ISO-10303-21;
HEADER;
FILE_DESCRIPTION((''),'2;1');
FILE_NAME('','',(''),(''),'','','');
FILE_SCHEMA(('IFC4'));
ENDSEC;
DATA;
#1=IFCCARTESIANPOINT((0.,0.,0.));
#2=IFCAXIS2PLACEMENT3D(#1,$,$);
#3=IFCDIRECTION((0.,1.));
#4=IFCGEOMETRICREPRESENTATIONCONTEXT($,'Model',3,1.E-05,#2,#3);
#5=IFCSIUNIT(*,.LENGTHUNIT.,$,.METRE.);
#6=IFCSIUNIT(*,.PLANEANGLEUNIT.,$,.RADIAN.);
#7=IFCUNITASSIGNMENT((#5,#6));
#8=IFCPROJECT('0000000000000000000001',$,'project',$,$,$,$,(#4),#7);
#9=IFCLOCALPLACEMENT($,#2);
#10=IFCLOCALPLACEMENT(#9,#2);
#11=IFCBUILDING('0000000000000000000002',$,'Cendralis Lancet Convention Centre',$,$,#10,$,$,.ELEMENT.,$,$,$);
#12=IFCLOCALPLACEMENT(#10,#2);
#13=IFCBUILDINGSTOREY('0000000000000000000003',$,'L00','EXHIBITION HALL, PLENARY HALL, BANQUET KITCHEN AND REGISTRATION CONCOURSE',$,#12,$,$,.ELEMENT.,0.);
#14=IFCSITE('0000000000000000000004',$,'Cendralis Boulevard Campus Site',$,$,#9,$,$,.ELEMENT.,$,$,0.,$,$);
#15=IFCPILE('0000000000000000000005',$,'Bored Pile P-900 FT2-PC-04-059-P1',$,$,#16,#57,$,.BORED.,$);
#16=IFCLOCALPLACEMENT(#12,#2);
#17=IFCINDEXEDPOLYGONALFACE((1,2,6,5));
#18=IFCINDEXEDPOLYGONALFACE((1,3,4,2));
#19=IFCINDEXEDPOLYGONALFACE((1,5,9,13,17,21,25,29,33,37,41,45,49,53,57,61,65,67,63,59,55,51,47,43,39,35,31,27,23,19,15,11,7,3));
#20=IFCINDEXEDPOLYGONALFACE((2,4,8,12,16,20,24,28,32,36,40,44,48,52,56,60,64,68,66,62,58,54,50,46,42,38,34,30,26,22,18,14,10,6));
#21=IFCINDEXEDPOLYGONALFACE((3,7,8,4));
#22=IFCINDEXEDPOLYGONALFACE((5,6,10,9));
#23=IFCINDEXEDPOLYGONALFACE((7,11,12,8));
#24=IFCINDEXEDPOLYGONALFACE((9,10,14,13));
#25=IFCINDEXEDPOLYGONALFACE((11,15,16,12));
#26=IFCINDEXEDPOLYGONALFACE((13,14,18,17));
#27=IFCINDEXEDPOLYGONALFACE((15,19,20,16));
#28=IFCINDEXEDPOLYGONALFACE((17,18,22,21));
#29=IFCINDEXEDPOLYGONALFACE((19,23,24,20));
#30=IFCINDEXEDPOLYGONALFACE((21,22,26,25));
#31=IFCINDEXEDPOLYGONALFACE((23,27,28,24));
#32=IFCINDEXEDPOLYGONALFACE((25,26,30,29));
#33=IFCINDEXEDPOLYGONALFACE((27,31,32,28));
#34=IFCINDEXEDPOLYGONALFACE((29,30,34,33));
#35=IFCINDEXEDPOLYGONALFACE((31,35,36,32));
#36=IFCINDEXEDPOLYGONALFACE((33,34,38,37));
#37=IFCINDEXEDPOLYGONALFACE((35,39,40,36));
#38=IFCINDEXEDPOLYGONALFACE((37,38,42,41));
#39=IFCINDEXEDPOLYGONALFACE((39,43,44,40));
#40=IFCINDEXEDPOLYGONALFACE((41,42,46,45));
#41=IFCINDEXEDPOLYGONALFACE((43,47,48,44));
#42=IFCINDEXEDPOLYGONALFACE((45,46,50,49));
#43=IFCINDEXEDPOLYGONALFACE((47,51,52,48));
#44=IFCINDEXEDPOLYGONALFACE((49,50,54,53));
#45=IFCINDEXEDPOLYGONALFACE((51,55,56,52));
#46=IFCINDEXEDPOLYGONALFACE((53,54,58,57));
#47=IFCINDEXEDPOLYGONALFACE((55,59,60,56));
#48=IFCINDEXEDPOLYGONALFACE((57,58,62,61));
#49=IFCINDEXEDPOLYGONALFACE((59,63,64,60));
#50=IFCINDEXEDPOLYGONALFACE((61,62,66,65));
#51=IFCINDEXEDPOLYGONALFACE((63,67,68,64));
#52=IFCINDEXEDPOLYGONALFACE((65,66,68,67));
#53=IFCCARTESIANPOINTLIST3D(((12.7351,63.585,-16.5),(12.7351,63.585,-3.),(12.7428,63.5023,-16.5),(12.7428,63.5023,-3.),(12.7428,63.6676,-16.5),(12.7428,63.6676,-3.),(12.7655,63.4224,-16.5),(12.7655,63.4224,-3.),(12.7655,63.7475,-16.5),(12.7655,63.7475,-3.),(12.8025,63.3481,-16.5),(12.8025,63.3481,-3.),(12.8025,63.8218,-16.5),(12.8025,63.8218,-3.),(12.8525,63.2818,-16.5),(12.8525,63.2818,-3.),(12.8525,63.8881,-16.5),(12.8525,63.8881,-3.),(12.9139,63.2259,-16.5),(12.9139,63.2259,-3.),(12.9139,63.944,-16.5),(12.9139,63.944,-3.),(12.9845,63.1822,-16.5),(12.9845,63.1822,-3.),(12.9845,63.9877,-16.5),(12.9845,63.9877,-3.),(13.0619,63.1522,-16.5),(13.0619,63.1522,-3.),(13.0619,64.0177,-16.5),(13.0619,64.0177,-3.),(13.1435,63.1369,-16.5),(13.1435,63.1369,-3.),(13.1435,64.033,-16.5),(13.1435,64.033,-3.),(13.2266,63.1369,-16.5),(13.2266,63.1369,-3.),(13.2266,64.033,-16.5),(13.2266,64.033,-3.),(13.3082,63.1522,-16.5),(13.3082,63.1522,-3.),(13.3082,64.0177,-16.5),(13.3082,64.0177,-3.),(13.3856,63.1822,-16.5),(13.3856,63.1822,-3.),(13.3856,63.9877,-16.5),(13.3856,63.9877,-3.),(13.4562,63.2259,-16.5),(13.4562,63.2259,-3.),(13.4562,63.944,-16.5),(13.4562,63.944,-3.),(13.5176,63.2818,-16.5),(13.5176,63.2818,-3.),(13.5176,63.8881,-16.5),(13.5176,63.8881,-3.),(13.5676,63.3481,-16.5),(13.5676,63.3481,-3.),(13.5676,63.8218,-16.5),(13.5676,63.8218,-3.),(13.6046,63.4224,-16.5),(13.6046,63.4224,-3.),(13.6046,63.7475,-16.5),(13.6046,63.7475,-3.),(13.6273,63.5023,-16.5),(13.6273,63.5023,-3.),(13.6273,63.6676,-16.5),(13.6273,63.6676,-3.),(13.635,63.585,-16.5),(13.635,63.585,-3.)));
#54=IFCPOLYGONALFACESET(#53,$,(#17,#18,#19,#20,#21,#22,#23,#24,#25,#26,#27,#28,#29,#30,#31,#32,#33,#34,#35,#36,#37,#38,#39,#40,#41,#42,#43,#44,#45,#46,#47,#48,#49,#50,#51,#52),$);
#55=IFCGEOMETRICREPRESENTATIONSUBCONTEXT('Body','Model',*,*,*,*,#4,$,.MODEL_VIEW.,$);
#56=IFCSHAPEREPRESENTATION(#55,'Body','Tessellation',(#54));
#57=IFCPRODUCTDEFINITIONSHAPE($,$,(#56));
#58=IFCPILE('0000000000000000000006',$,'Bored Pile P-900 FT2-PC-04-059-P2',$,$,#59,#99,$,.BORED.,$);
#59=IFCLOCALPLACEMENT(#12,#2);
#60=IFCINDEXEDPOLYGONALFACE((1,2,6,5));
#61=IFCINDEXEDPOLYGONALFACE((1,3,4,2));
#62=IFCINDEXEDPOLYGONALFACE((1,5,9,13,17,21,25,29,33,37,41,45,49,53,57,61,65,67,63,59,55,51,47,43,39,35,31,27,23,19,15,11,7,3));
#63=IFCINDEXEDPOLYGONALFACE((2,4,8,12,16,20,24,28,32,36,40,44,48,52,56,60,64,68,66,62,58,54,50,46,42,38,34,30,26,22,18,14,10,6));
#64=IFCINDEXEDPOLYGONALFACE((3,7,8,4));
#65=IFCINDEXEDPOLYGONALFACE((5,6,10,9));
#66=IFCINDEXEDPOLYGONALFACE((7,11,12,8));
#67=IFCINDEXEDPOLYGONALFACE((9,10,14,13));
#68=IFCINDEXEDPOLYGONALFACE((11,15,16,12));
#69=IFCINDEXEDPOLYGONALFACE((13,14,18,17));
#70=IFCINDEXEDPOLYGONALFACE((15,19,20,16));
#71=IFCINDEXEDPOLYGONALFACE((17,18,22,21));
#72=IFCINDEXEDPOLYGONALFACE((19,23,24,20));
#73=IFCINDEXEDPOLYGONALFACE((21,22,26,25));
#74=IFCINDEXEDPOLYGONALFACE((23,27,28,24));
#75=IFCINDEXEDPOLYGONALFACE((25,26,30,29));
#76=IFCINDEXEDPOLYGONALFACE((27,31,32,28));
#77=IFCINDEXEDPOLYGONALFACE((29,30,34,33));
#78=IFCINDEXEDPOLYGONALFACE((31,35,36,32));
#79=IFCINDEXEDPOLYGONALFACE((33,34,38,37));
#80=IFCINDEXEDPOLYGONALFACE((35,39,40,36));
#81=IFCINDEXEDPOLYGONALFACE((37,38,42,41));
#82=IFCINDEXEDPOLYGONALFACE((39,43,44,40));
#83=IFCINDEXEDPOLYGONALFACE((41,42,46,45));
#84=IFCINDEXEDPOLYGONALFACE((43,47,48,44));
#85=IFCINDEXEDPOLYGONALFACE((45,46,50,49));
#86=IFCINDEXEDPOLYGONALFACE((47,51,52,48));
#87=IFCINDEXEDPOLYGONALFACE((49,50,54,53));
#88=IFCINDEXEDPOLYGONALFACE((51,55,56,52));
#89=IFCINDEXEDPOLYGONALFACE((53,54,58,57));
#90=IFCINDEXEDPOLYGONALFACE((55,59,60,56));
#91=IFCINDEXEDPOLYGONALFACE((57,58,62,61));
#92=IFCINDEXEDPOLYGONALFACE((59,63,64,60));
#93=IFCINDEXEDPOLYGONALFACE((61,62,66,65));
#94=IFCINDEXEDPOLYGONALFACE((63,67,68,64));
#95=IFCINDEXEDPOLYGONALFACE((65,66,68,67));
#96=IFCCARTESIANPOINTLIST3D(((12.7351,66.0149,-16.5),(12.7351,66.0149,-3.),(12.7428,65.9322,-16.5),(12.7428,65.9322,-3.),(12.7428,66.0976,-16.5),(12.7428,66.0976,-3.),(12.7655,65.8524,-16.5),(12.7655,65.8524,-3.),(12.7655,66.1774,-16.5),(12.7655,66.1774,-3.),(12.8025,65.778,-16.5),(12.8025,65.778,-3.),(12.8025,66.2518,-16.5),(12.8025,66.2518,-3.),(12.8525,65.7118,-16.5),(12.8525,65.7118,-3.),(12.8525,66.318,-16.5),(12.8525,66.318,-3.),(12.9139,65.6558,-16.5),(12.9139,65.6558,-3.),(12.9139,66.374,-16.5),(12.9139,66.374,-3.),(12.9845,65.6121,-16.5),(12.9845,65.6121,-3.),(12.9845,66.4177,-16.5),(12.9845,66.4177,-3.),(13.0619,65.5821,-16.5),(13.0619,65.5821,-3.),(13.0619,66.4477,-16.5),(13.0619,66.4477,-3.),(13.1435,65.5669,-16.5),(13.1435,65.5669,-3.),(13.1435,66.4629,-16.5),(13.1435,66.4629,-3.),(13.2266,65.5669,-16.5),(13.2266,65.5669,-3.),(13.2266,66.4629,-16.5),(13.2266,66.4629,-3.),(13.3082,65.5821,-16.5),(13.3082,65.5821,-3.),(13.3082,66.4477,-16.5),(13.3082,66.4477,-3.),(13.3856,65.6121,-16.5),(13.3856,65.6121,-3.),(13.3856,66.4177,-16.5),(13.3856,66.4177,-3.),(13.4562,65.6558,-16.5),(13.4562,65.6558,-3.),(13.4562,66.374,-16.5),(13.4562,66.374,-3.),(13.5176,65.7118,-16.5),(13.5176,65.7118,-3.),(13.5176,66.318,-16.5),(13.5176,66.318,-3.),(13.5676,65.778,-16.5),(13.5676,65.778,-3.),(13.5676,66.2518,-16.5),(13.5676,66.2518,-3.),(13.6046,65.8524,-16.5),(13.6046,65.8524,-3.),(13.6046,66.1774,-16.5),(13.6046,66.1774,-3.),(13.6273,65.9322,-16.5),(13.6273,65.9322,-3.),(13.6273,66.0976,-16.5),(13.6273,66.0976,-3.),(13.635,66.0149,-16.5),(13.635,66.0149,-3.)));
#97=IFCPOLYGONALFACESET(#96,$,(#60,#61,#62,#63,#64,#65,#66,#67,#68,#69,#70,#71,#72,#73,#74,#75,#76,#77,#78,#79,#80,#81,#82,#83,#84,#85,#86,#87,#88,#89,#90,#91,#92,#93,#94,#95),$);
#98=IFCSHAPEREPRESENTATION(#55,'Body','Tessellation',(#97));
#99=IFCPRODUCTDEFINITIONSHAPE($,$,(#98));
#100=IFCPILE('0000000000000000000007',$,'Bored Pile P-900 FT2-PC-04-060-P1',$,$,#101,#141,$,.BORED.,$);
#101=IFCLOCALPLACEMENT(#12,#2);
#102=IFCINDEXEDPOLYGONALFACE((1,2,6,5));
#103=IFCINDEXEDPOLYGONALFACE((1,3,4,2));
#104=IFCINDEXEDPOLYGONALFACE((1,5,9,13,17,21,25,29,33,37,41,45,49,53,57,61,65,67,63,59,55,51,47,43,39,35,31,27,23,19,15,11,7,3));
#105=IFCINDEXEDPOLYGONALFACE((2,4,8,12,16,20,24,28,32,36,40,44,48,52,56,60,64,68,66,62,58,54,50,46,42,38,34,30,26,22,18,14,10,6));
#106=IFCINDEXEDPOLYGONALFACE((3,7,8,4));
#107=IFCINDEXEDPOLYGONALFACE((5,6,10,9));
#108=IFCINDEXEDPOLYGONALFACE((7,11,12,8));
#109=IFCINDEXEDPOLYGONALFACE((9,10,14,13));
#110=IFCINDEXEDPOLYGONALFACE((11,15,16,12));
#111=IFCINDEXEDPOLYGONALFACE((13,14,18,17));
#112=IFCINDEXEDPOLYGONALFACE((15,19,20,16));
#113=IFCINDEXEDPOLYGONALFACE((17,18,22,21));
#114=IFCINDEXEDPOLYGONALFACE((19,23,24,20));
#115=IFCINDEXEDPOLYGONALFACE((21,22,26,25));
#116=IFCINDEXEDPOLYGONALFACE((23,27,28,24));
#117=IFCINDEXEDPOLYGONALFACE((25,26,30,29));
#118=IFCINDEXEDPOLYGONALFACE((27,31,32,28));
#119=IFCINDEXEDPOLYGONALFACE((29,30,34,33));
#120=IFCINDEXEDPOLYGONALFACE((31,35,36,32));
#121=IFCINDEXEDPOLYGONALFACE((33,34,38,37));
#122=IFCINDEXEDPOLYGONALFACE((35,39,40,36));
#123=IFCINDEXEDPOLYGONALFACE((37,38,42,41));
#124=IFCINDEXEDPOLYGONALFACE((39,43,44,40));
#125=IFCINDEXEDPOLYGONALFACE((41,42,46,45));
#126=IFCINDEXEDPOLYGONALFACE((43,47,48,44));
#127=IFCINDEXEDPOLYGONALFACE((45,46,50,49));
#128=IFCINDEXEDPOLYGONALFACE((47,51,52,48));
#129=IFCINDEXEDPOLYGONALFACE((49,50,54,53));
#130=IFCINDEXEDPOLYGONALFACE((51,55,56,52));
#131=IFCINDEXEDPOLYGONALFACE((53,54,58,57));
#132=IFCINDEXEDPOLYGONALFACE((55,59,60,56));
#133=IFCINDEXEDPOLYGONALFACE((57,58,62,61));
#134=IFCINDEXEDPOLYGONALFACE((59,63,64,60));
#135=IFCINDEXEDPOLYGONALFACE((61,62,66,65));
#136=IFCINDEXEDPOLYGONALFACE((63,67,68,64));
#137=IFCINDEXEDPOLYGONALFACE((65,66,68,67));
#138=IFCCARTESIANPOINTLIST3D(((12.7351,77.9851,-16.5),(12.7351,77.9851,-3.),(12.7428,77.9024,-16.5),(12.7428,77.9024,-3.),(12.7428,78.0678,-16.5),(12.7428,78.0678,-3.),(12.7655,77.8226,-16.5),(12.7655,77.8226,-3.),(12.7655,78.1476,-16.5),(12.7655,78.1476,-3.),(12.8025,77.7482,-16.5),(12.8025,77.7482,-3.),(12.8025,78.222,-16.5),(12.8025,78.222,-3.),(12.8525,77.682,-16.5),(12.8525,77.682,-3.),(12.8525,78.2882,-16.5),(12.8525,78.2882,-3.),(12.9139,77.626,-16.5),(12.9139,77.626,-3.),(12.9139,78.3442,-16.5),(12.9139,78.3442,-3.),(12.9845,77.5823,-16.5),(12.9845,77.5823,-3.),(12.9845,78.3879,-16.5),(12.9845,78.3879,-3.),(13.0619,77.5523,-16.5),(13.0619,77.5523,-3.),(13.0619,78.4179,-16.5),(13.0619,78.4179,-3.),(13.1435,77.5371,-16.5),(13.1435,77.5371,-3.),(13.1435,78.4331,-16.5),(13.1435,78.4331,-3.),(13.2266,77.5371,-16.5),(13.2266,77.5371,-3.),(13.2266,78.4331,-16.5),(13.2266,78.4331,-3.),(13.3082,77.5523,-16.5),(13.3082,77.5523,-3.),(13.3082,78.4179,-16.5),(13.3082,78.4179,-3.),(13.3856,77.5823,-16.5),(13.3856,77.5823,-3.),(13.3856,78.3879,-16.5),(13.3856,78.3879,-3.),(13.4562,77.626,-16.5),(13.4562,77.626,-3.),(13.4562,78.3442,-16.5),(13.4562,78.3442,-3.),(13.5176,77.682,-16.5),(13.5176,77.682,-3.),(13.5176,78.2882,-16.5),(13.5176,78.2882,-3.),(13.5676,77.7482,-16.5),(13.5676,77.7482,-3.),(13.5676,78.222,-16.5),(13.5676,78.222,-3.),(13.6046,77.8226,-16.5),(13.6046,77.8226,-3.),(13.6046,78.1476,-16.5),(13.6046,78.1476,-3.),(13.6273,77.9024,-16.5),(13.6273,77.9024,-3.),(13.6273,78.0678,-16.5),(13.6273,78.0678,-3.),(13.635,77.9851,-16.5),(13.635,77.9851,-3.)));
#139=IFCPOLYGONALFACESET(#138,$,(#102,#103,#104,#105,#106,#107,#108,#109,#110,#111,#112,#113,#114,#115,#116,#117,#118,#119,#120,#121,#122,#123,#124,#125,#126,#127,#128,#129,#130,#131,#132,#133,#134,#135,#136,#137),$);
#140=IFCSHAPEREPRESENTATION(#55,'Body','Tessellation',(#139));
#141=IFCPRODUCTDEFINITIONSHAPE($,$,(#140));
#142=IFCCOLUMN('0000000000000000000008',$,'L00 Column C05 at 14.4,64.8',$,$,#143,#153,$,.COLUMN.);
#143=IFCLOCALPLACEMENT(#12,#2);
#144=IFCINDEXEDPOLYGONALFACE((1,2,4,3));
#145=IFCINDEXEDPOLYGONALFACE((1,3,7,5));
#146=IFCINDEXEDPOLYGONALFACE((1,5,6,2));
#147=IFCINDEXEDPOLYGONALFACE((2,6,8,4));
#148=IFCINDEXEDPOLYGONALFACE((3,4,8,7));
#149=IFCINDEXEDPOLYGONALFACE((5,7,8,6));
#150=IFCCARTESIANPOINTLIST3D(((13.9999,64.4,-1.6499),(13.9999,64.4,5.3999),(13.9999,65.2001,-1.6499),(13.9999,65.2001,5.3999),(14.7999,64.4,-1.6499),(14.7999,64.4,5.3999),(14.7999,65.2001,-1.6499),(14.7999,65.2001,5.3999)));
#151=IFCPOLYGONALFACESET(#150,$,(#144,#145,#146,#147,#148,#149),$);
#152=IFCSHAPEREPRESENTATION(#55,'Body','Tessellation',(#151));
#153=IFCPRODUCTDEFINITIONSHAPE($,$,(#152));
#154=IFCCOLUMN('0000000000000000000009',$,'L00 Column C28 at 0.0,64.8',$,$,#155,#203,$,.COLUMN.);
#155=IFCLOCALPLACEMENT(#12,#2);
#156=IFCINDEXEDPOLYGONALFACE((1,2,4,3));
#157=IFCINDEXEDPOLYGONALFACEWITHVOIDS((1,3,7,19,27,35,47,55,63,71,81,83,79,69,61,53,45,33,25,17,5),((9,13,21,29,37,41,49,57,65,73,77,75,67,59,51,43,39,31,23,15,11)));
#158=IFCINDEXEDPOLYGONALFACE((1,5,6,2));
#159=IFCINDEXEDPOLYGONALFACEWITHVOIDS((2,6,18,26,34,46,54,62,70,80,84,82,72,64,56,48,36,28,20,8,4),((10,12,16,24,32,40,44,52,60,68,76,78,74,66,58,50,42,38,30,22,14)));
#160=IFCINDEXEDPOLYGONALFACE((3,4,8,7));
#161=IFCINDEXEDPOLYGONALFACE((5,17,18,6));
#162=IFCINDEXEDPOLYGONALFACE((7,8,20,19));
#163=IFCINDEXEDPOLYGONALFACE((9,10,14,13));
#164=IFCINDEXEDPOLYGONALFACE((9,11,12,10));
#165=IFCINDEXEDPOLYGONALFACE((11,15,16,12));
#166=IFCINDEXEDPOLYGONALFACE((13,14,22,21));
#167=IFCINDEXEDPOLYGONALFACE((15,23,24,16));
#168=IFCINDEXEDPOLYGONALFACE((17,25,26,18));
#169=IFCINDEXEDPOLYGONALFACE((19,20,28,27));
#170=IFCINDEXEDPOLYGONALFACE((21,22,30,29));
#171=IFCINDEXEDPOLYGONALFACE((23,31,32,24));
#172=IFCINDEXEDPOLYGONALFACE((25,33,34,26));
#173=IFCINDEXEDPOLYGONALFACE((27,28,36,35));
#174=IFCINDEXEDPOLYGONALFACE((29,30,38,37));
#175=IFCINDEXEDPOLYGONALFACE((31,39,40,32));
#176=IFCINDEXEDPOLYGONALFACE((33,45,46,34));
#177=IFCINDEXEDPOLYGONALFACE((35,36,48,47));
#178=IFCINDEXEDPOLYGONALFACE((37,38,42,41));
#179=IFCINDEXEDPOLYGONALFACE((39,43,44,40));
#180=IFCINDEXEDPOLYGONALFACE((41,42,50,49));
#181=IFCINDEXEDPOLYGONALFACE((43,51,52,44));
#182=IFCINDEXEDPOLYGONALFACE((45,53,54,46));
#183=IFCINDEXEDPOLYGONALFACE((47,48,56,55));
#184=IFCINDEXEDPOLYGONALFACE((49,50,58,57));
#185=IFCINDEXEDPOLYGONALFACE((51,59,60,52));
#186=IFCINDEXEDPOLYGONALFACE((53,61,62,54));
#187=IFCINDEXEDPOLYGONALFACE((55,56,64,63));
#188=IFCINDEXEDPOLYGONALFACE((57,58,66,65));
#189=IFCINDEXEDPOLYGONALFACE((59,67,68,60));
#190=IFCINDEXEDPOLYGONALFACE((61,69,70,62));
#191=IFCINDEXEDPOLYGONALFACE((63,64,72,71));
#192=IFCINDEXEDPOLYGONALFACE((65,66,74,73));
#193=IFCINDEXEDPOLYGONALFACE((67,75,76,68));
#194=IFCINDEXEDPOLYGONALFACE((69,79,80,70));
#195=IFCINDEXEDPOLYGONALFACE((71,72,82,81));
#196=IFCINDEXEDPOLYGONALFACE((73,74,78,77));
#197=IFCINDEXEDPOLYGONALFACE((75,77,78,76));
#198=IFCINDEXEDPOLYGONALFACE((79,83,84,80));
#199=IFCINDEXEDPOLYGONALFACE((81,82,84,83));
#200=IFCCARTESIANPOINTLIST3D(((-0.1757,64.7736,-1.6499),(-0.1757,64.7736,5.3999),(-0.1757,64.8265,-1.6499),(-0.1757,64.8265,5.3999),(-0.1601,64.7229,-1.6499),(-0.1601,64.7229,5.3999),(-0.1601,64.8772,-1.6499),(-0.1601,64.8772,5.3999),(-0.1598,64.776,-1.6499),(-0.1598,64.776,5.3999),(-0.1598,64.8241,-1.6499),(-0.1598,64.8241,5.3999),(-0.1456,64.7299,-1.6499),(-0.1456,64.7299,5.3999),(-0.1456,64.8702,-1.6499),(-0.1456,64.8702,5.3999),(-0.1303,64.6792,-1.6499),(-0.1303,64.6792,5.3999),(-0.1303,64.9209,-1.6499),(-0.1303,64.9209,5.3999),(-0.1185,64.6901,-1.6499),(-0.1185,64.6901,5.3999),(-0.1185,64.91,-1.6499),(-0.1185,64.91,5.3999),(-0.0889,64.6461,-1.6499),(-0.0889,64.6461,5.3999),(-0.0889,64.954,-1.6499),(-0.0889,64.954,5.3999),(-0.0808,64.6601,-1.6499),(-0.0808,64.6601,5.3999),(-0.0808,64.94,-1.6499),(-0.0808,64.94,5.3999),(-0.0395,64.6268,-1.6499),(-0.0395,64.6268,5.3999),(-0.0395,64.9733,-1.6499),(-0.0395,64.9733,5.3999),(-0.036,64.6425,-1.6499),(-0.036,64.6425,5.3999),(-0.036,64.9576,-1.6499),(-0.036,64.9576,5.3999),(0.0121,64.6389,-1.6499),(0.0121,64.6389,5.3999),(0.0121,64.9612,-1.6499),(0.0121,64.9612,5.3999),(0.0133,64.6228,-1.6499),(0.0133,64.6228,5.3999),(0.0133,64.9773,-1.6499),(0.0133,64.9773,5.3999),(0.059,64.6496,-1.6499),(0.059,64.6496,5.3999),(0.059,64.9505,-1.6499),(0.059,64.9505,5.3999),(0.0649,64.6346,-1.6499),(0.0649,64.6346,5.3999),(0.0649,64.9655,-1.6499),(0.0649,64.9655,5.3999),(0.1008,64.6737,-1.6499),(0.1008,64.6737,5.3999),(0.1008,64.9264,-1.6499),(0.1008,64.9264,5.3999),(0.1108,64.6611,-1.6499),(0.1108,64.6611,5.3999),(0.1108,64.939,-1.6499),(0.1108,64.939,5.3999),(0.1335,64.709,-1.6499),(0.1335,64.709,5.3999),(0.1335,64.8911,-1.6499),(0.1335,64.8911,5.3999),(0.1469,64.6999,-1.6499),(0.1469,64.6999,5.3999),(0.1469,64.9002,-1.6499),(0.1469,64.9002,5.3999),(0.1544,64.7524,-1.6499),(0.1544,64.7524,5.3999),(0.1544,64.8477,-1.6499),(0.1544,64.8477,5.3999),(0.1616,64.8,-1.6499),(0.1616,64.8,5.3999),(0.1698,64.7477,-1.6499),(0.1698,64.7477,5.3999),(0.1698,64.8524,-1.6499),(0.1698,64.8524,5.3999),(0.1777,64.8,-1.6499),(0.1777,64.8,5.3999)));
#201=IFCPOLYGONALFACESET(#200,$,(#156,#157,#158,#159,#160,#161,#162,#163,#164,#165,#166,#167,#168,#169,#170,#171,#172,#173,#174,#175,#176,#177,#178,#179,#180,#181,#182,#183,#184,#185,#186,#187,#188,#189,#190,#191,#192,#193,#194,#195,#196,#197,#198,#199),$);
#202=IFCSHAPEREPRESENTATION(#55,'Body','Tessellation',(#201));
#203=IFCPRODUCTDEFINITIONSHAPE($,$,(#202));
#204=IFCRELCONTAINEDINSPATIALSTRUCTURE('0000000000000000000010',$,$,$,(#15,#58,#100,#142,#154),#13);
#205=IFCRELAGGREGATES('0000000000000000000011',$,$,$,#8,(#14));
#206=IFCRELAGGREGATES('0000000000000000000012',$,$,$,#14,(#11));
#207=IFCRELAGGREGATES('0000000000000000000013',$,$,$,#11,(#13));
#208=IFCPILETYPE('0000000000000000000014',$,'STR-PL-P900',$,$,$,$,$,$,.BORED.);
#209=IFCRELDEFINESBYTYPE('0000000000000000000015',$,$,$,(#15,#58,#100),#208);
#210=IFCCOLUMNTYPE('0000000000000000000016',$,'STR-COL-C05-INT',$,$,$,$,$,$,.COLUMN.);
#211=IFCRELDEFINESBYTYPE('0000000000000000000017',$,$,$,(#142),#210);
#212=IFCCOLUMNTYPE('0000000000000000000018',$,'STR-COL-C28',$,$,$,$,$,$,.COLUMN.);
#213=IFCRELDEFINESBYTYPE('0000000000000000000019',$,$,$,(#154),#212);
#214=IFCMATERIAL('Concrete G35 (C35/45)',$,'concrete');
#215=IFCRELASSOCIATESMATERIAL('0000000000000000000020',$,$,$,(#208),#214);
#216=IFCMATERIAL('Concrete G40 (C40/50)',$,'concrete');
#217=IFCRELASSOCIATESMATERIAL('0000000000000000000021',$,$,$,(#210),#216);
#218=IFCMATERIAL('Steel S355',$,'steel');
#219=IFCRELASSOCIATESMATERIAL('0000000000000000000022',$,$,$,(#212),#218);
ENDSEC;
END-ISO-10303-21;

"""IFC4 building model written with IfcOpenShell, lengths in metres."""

from ifc_helpers import new_model, si_unit, direction, frame, origin, origin_2d, place, context, subcontext, project, spatial, rectangle, circle, hollow_circle, extrude, material, material_profile, profile_set, type_object, element, save


model = new_model("IFC4")

# Units and contexts
model_context = context("Model", 3, precision=1e-05, world=origin(), true_north=direction((0.0, 1.0)))
body_context = subcontext(model_context, "Body", "Model", "MODEL_VIEW")
ifc_project = project(units=[si_unit("LENGTHUNIT", "METRE"), si_unit("PLANEANGLEUNIT", "RADIAN")], contexts=[model_context])

# Site, building, storey
site_placement = place(None, origin())
site = spatial("IfcSite", under=ifc_project, at=site_placement, Name="Cendralis Boulevard Campus Site", CompositionType="ELEMENT", RefElevation=0.0)
building_placement = place(site_placement, origin())
building = spatial("IfcBuilding", under=site, at=building_placement, Name="Cendralis Lancet Convention Centre", CompositionType="ELEMENT")
storey_placement = place(building_placement, origin())
storey = spatial("IfcBuildingStorey", under=building, at=storey_placement, Name="L00", Description="EXHIBITION HALL, PLENARY HALL, BANQUET KITCHEN AND REGISTRATION CONCOURSE", CompositionType="ELEMENT", Elevation=0.0)

# Shared definitions
ifc_material_1 = material(Name="Concrete G35 (C35/45)", Category="concrete")

# Piles
ifc_material_profile_1 = material_profile(ifc_material_1, circle(Radius=0.45, at=origin_2d()), Name="BORED PILE D900")
ifc_profile_set_1 = profile_set([ifc_material_profile_1], Name="Concrete G35 (C35/45)")
pile_type_1 = type_object("IfcPileType", Name="STR-PL-P900", PredefinedType="BORED", material=ifc_profile_set_1)
for number, where, z_axis, x_axis, name in (
    (1, (13.1851, 63.585, -3.0), (0.0, 0.0, -1.0), (1.0, 0.0, 0.0), "Bored Pile P-900 FT2-PC-04-059-P1"),
    (2, (13.1851, 66.0149, -3.0), (0.0, 0.0, -1.0), (1.0, 0.0, 0.0), "Bored Pile P-900 FT2-PC-04-059-P2"),
    (3, (13.1851, 77.9851, -3.0), (0.0, 0.0, -1.0), (1.0, 0.0, 0.0), "Bored Pile P-900 FT2-PC-04-060-P1"),
):
    element("IfcPile", number, at=place(storey_placement, frame(where, z_axis=z_axis, x_axis=x_axis)), inside=storey, type_object=pile_type_1, Name=name, PredefinedType="BORED", context=body_context, shape_type="SweptSolid", body=[
        extrude(circle(Radius=0.45, at=origin_2d()), origin(), (0.0, 0.0, 1.0), 13.5),
    ])

# Columns
ifc_material_2 = material(Name="Concrete G40 (C40/50)", Category="concrete")
ifc_material_profile_2 = material_profile(ifc_material_2, rectangle(XDim=0.8, YDim=0.8, at=origin_2d()), Name="RC 800x800")
ifc_profile_set_2 = profile_set([ifc_material_profile_2], Name="Concrete G40 (C40/50)")
column_type_1 = type_object("IfcColumnType", Name="STR-COL-C05-INT", PredefinedType="COLUMN", material=ifc_profile_set_2)
column_placement = place(storey_placement, frame((14.3999, 64.8, -1.6499), z_axis=(0.0, 0.0, 1.0), x_axis=(1.0, 0.0, 0.0)))
element("IfcColumn", 4, at=column_placement, inside=storey, type_object=column_type_1, Name="L00 Column C05 at 14.4,64.8", PredefinedType="COLUMN", context=body_context, shape_type="SweptSolid", body=[
    extrude(rectangle(XDim=0.8, YDim=0.8, at=origin_2d()), origin(), (0.0, 0.0, 1.0), 7.0498),
])
ifc_material_3 = material(Name="Steel S355", Category="steel")
ifc_material_profile_3 = material_profile(ifc_material_3, hollow_circle(Radius=0.1777, WallThickness=0.0161, at=origin_2d()), Name="CHS 355.6x16.0")
ifc_profile_set_3 = profile_set([ifc_material_profile_3], Name="Steel S355")
column_type_2 = type_object("IfcColumnType", Name="STR-COL-C28", PredefinedType="COLUMN", material=ifc_profile_set_3)
for number, where, z_axis, x_axis, name in (
    (5, (0.0, 64.8, -1.6499), (0.0, 0.0, 1.0), (1.0, 0.0, 0.0), "L00 Column C28 at 0.0,64.8"),
):
    element("IfcColumn", number, at=place(storey_placement, frame(where, z_axis=z_axis, x_axis=x_axis)), inside=storey, type_object=column_type_2, Name=name, PredefinedType="COLUMN", context=body_context, shape_type="SweptSolid", body=[
        extrude(hollow_circle(Radius=0.1777, WallThickness=0.0161, at=origin_2d()), origin(), (0.0, 0.0, 1.0), 7.0498),
    ])

save(model, "model.ifc")
